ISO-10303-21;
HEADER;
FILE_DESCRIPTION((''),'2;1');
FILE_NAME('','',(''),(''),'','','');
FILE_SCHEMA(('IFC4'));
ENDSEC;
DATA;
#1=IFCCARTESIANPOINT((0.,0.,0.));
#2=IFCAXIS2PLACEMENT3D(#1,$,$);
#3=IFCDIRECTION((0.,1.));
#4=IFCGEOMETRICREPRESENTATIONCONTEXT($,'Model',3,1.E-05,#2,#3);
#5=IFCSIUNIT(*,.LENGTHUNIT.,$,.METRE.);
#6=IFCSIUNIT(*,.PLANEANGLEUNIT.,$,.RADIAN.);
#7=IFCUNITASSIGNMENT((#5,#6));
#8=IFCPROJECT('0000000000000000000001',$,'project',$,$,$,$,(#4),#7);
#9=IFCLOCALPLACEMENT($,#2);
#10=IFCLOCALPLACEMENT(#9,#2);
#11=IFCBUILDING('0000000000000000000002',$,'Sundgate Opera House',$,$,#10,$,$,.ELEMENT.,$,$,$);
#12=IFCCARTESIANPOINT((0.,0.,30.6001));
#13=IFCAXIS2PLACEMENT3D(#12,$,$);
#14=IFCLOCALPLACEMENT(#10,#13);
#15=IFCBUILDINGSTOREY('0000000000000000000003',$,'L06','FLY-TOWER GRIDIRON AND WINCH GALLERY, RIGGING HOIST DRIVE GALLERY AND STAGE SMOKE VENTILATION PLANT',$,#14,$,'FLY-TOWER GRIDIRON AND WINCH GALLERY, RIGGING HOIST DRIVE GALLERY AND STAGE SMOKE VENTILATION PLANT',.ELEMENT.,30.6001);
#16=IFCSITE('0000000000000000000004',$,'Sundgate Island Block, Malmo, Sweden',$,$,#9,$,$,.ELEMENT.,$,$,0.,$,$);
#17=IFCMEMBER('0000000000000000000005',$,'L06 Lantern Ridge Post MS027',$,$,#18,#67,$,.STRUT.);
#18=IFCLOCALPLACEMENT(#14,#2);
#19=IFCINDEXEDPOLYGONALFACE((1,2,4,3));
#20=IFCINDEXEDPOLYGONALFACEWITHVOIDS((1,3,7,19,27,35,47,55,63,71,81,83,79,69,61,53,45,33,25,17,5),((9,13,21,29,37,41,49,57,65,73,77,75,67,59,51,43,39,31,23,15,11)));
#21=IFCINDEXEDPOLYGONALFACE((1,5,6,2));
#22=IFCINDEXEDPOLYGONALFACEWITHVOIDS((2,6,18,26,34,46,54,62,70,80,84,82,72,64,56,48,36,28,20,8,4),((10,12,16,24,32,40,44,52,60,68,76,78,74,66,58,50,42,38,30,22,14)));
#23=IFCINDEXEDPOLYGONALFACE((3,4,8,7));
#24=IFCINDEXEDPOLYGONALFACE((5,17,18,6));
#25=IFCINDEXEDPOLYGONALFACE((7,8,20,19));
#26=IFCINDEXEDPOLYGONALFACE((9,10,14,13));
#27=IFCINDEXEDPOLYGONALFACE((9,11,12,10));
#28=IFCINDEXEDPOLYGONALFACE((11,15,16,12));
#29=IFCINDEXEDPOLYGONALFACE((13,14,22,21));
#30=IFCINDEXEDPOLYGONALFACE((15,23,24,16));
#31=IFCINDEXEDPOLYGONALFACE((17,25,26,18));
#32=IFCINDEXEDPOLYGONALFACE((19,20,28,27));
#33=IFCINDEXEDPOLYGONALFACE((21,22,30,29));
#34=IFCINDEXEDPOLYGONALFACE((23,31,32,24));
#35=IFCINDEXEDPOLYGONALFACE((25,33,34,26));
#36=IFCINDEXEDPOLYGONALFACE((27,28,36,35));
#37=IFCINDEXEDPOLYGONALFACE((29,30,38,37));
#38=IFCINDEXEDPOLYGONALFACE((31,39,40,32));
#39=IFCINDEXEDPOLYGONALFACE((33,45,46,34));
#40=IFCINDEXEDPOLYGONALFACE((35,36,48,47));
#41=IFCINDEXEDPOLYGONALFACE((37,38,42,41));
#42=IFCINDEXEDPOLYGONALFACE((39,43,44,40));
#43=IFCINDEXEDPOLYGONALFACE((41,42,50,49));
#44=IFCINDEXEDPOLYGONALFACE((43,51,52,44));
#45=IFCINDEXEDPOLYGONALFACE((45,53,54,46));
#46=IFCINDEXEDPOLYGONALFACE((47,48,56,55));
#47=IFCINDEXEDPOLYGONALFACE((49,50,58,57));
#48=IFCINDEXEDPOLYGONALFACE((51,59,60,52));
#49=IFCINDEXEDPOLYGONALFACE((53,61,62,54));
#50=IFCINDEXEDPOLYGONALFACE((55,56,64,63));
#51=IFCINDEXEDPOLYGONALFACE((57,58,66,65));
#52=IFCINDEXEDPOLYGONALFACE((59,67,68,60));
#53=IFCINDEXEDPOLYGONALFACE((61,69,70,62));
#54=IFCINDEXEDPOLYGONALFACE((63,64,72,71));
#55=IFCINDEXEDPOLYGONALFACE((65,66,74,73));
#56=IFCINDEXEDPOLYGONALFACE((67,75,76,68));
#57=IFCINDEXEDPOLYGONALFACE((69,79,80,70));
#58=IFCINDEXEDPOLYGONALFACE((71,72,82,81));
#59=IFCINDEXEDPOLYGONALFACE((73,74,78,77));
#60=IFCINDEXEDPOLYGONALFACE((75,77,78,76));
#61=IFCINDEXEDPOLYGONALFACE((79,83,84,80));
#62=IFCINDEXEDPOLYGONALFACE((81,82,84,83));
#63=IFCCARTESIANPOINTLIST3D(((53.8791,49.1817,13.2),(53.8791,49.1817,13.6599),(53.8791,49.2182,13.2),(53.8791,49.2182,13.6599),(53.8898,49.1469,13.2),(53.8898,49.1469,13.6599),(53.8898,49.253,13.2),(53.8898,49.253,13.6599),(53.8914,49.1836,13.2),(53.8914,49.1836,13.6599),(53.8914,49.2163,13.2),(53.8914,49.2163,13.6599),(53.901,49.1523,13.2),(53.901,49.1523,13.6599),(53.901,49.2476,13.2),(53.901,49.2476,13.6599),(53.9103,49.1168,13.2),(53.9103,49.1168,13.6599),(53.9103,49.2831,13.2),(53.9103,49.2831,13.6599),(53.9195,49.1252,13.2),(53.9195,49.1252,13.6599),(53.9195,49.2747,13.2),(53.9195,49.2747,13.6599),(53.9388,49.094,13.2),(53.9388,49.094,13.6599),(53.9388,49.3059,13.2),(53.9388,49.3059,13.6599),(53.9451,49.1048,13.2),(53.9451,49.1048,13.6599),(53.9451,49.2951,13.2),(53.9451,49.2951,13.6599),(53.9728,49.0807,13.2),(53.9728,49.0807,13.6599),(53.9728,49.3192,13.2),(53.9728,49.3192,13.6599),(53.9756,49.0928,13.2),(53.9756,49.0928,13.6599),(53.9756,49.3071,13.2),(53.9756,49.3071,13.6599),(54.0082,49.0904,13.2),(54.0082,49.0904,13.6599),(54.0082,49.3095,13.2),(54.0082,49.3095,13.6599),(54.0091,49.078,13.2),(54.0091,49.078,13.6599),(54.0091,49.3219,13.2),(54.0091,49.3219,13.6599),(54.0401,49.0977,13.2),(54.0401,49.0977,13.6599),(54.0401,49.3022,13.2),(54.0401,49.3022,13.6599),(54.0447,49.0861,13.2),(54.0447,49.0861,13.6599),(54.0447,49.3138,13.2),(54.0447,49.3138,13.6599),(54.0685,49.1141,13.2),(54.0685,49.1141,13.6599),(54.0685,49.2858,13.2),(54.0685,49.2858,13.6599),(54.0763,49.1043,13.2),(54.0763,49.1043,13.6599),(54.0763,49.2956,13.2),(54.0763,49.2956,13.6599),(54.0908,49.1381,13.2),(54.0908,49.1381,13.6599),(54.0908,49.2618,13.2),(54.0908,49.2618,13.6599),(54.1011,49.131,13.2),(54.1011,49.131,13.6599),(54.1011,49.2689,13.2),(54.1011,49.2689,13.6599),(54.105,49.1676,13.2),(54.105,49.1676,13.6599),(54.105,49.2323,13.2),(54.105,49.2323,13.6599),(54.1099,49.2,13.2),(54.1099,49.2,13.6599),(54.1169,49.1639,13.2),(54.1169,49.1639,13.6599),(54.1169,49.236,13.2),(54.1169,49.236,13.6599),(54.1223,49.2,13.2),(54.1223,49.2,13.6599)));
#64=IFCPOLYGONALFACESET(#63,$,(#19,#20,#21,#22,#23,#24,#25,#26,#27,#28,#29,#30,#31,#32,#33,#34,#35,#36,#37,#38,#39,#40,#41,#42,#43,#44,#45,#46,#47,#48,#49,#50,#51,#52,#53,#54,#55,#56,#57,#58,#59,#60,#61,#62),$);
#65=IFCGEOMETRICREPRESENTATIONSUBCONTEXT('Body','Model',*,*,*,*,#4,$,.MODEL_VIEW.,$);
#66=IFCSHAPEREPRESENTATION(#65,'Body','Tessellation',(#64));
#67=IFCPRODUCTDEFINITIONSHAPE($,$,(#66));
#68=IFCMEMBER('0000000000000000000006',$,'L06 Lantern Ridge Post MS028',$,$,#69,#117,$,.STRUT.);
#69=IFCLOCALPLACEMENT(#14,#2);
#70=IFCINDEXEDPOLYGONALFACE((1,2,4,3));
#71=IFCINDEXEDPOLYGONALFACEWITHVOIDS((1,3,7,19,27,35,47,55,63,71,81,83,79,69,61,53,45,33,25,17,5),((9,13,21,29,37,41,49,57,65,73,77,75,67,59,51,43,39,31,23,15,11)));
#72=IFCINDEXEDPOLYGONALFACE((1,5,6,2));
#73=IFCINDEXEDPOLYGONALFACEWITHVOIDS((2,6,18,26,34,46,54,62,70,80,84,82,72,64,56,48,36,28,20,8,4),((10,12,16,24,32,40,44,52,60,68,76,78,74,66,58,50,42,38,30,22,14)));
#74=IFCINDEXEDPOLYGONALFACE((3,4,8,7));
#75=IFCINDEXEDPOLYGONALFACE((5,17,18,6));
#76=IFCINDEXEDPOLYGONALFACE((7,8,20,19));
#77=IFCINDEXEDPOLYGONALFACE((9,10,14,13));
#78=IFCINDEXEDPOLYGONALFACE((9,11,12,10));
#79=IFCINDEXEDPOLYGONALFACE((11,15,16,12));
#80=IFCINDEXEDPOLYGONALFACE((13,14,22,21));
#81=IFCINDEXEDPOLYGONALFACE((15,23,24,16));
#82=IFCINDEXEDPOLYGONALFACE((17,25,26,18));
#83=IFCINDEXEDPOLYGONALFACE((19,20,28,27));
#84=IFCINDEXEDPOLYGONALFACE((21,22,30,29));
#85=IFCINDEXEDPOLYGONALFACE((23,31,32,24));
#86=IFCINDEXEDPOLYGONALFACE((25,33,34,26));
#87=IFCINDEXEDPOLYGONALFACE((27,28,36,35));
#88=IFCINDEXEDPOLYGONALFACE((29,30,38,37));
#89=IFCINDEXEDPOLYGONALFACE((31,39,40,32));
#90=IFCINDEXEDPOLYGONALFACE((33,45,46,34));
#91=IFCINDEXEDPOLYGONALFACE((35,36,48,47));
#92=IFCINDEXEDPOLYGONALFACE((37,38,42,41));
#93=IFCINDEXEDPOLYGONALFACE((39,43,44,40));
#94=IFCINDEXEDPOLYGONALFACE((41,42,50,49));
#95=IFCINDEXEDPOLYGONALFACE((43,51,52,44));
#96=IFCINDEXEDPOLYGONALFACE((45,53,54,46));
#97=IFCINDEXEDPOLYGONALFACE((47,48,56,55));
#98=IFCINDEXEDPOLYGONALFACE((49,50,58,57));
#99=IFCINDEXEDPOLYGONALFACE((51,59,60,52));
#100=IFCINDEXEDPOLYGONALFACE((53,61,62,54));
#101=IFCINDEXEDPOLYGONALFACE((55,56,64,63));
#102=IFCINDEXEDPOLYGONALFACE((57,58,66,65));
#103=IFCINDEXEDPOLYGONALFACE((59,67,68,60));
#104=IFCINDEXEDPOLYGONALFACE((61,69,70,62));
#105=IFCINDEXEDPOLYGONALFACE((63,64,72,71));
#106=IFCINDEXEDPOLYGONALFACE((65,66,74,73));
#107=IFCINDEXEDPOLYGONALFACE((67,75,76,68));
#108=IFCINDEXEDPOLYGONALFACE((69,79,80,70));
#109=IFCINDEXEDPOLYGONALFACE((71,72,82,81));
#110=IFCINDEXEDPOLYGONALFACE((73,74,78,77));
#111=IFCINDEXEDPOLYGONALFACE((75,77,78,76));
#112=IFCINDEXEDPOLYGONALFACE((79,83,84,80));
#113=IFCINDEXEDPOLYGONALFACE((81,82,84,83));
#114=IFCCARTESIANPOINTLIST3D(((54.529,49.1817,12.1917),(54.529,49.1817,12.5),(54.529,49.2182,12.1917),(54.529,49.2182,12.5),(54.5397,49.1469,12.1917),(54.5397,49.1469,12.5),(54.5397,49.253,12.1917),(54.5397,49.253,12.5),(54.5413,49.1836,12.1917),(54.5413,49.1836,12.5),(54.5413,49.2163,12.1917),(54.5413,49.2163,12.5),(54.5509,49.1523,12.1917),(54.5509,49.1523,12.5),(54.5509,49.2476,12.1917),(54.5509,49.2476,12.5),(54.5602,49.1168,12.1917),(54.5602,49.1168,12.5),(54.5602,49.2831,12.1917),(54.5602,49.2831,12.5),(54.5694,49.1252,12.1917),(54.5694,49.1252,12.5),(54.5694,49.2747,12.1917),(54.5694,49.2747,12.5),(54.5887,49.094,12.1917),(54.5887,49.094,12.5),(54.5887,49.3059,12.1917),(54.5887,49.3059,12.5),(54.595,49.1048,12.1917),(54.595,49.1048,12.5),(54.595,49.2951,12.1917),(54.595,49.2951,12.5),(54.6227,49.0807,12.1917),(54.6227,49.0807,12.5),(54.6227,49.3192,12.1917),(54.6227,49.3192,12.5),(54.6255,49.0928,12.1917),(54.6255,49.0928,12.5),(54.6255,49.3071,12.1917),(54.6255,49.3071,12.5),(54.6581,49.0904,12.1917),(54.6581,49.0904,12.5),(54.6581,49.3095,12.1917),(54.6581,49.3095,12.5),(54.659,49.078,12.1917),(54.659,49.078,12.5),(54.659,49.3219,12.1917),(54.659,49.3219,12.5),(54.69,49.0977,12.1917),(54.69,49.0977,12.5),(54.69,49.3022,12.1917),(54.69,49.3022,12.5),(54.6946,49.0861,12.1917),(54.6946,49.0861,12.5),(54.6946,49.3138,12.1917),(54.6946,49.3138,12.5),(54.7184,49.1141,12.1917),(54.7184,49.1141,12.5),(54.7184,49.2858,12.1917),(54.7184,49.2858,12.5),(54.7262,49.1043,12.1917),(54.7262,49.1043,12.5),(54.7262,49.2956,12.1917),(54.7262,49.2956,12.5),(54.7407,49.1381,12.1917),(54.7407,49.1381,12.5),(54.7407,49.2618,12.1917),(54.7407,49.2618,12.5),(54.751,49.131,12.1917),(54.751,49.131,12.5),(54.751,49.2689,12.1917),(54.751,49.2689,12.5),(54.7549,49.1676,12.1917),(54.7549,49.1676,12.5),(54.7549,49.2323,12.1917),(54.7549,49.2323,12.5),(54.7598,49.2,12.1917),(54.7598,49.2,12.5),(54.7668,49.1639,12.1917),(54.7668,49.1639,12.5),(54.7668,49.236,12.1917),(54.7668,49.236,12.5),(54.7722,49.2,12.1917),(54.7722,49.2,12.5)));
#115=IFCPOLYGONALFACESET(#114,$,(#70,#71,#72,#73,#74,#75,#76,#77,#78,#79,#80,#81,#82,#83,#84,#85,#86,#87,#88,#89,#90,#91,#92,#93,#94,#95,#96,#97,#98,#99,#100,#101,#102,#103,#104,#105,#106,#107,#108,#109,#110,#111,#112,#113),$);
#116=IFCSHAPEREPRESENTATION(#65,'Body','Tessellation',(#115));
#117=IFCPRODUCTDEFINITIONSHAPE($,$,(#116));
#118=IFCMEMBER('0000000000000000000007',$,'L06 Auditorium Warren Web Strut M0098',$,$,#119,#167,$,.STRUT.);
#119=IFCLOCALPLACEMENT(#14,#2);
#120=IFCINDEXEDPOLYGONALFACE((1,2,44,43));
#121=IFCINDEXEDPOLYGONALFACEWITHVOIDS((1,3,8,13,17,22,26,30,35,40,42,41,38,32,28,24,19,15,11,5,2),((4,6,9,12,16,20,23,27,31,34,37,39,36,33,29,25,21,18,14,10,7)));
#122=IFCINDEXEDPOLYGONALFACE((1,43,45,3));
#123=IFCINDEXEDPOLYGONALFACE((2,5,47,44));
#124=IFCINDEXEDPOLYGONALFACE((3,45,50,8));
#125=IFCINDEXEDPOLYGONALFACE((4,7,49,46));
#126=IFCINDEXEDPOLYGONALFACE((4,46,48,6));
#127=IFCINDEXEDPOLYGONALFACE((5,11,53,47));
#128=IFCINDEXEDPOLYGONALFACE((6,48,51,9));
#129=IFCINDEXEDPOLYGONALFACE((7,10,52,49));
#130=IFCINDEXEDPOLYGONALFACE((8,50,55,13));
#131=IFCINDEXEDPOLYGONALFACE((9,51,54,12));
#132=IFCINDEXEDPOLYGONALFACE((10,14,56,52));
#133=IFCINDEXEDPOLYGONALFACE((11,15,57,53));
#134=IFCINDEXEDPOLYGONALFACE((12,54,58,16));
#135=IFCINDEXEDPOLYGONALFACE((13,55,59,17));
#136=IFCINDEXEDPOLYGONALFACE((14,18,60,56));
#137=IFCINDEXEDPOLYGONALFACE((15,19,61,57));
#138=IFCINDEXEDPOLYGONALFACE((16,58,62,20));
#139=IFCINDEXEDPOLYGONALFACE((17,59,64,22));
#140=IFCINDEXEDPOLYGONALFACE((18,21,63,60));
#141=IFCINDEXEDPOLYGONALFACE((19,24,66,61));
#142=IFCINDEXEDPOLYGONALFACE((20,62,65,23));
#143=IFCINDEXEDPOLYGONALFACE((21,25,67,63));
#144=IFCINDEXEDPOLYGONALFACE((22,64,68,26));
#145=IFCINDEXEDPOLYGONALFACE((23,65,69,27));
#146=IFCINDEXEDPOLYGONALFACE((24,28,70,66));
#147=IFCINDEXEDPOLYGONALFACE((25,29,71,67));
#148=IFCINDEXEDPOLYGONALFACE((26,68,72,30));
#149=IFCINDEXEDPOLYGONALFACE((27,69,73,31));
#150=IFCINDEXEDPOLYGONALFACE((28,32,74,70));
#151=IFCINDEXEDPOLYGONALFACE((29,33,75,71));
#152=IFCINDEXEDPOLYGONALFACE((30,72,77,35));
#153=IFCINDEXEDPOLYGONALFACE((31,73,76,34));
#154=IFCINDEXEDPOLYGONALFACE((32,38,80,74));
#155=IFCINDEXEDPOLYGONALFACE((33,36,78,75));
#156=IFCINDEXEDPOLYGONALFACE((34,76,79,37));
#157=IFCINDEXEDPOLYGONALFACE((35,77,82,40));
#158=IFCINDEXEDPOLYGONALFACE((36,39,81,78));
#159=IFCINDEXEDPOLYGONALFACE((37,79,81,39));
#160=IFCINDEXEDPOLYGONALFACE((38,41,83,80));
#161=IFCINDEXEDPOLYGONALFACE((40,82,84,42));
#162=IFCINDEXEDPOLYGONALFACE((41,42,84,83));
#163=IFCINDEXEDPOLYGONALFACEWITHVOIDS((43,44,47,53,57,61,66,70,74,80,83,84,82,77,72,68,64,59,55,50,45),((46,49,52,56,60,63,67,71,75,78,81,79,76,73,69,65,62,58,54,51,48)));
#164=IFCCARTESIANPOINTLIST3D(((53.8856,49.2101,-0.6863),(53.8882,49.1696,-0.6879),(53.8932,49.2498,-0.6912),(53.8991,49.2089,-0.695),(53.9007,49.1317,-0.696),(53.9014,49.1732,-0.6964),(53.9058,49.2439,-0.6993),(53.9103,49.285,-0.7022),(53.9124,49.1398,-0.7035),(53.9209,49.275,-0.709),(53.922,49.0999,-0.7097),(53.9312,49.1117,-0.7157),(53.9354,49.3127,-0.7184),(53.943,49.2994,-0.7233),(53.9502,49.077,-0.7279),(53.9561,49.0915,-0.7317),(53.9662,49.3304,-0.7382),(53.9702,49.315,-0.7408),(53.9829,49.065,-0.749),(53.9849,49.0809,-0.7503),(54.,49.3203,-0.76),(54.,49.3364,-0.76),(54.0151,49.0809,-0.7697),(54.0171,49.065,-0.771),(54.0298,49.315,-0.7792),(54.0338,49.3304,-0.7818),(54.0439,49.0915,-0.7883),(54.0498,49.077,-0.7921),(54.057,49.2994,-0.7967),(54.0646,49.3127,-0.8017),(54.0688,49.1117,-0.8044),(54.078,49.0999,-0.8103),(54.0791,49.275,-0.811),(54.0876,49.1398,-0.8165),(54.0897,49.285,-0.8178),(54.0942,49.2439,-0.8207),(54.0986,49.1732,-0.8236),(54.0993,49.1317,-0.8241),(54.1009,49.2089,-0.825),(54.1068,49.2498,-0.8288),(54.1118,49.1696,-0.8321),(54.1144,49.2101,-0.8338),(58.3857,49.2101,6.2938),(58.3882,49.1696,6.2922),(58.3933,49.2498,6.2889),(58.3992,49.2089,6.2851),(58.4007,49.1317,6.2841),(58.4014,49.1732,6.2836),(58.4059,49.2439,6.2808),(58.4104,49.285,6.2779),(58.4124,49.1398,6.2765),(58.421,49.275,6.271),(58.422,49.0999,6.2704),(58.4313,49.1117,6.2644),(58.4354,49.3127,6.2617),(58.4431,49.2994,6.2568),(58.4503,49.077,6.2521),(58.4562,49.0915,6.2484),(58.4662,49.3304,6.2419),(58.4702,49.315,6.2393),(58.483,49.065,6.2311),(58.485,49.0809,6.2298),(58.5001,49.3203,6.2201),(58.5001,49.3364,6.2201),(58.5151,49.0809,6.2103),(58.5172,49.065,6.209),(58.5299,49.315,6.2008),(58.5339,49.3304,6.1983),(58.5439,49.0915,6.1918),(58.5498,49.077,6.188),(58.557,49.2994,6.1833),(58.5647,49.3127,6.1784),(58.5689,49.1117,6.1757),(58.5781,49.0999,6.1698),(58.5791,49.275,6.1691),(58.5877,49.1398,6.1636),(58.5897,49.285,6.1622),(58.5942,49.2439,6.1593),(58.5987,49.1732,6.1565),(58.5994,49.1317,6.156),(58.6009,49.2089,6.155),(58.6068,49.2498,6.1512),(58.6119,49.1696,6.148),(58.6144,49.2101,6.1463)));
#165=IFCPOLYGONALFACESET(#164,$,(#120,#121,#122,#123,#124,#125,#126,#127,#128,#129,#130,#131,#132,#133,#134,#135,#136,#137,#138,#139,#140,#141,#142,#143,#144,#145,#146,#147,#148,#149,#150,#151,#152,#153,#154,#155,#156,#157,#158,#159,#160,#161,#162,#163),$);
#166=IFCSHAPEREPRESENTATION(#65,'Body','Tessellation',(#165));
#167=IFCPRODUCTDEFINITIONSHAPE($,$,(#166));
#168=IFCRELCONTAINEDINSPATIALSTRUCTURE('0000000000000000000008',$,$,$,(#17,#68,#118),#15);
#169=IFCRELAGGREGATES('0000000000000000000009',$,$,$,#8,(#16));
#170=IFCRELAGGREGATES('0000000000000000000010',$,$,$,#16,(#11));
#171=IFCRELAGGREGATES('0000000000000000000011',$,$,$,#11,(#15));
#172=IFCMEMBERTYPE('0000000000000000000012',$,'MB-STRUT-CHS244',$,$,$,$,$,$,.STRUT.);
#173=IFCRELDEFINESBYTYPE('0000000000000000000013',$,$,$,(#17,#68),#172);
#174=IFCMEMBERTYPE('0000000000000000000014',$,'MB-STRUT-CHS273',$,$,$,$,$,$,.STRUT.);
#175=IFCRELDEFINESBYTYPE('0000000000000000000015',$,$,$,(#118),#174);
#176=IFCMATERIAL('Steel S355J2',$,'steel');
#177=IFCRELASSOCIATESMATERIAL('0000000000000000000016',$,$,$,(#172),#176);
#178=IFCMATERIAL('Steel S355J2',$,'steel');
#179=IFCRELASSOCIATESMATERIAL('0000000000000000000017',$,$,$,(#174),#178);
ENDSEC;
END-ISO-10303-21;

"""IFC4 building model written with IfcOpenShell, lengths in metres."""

from ifc_helpers import new_model, si_unit, direction, frame, origin, origin_2d, place, context, subcontext, project, spatial, hollow_circle, extrude, material, material_profile, profile_set, type_object, element, save


model = new_model("IFC4")

# Units and contexts
model_context = context("Model", 3, precision=1e-05, world=origin(), true_north=direction((0.0, 1.0)))
body_context = subcontext(model_context, "Body", "Model", "MODEL_VIEW")
ifc_project = project(units=[si_unit("LENGTHUNIT", "METRE"), si_unit("PLANEANGLEUNIT", "RADIAN")], contexts=[model_context])

# Site, building, storey
site_placement = place(None, origin())
site = spatial("IfcSite", under=ifc_project, at=site_placement, Name="Sundgate Island Block, Malmo, Sweden", CompositionType="ELEMENT", RefElevation=0.0)
building_placement = place(site_placement, origin())
building = spatial("IfcBuilding", under=site, at=building_placement, Name="Sundgate Opera House", CompositionType="ELEMENT")
storey_placement = place(building_placement, frame((0.0, 0.0, 30.6001)))
storey = spatial("IfcBuildingStorey", under=building, at=storey_placement, Name="L06", Description="FLY-TOWER GRIDIRON AND WINCH GALLERY, RIGGING HOIST DRIVE GALLERY AND STAGE SMOKE VENTILATION PLANT", LongName="FLY-TOWER GRIDIRON AND WINCH GALLERY, RIGGING HOIST DRIVE GALLERY AND STAGE SMOKE VENTILATION PLANT", CompositionType="ELEMENT", Elevation=30.6001)

# Members
ifc_material_1 = material(Name="Steel S355J2", Category="steel")
ifc_material_profile_1 = material_profile(ifc_material_1, hollow_circle(Radius=0.1223, WallThickness=0.0125, at=origin_2d()), Name="CHS 244.5x12.5")
ifc_profile_set_1 = profile_set([ifc_material_profile_1], Name="Steel S355J2")
member_type_1 = type_object("IfcMemberType", Name="MB-STRUT-CHS244", PredefinedType="STRUT", material=ifc_profile_set_1)
member_1_placement = place(storey_placement, frame((54.0, 49.2, 13.2), z_axis=(0.0, 0.0, 1.0), x_axis=(1.0, 0.0, 0.0)))
element("IfcMember", 1, at=member_1_placement, inside=storey, type_object=member_type_1, Name="L06 Lantern Ridge Post MS027", PredefinedType="STRUT", context=body_context, shape_type="SweptSolid", body=[
    extrude(hollow_circle(Radius=0.1223, WallThickness=0.0125, at=origin_2d()), origin(), (0.0, 0.0, 1.0), 0.46),
])
member_2_placement = place(storey_placement, frame((54.6499, 49.2, 12.1917), z_axis=(0.0, 0.0, 1.0), x_axis=(1.0, 0.0, 0.0)))
element("IfcMember", 2, at=member_2_placement, inside=storey, type_object=member_type_1, Name="L06 Lantern Ridge Post MS028", PredefinedType="STRUT", context=body_context, shape_type="SweptSolid", body=[
    extrude(hollow_circle(Radius=0.1223, WallThickness=0.0125, at=origin_2d()), origin(), (0.0, 0.0, 1.0), 0.3083),
])
ifc_material_2 = material(Name="Steel S355J2", Category="steel")
ifc_material_profile_2 = material_profile(ifc_material_2, hollow_circle(Radius=0.1365, WallThickness=0.0161, at=origin_2d()), Name="CHS 273.0x16.0")
ifc_profile_set_2 = profile_set([ifc_material_profile_2], Name="Steel S355J2")
member_type_2 = type_object("IfcMemberType", Name="MB-STRUT-CHS273", PredefinedType="STRUT", material=ifc_profile_set_2)
member_3_placement = place(storey_placement, frame((54.0, 49.2, -0.76), z_axis=(0.541854, 0.0, 0.840473), x_axis=(0.0, 1.0, 0.0)))
element("IfcMember", 3, at=member_3_placement, inside=storey, type_object=member_type_2, Name="L06 Auditorium Warren Web Strut M0098", PredefinedType="STRUT", context=body_context, shape_type="SweptSolid", body=[
    extrude(hollow_circle(Radius=0.1365, WallThickness=0.0161, at=origin_2d()), origin(), (0.0, 0.0, 1.0), 8.3049),
])

save(model, "model.ifc")
